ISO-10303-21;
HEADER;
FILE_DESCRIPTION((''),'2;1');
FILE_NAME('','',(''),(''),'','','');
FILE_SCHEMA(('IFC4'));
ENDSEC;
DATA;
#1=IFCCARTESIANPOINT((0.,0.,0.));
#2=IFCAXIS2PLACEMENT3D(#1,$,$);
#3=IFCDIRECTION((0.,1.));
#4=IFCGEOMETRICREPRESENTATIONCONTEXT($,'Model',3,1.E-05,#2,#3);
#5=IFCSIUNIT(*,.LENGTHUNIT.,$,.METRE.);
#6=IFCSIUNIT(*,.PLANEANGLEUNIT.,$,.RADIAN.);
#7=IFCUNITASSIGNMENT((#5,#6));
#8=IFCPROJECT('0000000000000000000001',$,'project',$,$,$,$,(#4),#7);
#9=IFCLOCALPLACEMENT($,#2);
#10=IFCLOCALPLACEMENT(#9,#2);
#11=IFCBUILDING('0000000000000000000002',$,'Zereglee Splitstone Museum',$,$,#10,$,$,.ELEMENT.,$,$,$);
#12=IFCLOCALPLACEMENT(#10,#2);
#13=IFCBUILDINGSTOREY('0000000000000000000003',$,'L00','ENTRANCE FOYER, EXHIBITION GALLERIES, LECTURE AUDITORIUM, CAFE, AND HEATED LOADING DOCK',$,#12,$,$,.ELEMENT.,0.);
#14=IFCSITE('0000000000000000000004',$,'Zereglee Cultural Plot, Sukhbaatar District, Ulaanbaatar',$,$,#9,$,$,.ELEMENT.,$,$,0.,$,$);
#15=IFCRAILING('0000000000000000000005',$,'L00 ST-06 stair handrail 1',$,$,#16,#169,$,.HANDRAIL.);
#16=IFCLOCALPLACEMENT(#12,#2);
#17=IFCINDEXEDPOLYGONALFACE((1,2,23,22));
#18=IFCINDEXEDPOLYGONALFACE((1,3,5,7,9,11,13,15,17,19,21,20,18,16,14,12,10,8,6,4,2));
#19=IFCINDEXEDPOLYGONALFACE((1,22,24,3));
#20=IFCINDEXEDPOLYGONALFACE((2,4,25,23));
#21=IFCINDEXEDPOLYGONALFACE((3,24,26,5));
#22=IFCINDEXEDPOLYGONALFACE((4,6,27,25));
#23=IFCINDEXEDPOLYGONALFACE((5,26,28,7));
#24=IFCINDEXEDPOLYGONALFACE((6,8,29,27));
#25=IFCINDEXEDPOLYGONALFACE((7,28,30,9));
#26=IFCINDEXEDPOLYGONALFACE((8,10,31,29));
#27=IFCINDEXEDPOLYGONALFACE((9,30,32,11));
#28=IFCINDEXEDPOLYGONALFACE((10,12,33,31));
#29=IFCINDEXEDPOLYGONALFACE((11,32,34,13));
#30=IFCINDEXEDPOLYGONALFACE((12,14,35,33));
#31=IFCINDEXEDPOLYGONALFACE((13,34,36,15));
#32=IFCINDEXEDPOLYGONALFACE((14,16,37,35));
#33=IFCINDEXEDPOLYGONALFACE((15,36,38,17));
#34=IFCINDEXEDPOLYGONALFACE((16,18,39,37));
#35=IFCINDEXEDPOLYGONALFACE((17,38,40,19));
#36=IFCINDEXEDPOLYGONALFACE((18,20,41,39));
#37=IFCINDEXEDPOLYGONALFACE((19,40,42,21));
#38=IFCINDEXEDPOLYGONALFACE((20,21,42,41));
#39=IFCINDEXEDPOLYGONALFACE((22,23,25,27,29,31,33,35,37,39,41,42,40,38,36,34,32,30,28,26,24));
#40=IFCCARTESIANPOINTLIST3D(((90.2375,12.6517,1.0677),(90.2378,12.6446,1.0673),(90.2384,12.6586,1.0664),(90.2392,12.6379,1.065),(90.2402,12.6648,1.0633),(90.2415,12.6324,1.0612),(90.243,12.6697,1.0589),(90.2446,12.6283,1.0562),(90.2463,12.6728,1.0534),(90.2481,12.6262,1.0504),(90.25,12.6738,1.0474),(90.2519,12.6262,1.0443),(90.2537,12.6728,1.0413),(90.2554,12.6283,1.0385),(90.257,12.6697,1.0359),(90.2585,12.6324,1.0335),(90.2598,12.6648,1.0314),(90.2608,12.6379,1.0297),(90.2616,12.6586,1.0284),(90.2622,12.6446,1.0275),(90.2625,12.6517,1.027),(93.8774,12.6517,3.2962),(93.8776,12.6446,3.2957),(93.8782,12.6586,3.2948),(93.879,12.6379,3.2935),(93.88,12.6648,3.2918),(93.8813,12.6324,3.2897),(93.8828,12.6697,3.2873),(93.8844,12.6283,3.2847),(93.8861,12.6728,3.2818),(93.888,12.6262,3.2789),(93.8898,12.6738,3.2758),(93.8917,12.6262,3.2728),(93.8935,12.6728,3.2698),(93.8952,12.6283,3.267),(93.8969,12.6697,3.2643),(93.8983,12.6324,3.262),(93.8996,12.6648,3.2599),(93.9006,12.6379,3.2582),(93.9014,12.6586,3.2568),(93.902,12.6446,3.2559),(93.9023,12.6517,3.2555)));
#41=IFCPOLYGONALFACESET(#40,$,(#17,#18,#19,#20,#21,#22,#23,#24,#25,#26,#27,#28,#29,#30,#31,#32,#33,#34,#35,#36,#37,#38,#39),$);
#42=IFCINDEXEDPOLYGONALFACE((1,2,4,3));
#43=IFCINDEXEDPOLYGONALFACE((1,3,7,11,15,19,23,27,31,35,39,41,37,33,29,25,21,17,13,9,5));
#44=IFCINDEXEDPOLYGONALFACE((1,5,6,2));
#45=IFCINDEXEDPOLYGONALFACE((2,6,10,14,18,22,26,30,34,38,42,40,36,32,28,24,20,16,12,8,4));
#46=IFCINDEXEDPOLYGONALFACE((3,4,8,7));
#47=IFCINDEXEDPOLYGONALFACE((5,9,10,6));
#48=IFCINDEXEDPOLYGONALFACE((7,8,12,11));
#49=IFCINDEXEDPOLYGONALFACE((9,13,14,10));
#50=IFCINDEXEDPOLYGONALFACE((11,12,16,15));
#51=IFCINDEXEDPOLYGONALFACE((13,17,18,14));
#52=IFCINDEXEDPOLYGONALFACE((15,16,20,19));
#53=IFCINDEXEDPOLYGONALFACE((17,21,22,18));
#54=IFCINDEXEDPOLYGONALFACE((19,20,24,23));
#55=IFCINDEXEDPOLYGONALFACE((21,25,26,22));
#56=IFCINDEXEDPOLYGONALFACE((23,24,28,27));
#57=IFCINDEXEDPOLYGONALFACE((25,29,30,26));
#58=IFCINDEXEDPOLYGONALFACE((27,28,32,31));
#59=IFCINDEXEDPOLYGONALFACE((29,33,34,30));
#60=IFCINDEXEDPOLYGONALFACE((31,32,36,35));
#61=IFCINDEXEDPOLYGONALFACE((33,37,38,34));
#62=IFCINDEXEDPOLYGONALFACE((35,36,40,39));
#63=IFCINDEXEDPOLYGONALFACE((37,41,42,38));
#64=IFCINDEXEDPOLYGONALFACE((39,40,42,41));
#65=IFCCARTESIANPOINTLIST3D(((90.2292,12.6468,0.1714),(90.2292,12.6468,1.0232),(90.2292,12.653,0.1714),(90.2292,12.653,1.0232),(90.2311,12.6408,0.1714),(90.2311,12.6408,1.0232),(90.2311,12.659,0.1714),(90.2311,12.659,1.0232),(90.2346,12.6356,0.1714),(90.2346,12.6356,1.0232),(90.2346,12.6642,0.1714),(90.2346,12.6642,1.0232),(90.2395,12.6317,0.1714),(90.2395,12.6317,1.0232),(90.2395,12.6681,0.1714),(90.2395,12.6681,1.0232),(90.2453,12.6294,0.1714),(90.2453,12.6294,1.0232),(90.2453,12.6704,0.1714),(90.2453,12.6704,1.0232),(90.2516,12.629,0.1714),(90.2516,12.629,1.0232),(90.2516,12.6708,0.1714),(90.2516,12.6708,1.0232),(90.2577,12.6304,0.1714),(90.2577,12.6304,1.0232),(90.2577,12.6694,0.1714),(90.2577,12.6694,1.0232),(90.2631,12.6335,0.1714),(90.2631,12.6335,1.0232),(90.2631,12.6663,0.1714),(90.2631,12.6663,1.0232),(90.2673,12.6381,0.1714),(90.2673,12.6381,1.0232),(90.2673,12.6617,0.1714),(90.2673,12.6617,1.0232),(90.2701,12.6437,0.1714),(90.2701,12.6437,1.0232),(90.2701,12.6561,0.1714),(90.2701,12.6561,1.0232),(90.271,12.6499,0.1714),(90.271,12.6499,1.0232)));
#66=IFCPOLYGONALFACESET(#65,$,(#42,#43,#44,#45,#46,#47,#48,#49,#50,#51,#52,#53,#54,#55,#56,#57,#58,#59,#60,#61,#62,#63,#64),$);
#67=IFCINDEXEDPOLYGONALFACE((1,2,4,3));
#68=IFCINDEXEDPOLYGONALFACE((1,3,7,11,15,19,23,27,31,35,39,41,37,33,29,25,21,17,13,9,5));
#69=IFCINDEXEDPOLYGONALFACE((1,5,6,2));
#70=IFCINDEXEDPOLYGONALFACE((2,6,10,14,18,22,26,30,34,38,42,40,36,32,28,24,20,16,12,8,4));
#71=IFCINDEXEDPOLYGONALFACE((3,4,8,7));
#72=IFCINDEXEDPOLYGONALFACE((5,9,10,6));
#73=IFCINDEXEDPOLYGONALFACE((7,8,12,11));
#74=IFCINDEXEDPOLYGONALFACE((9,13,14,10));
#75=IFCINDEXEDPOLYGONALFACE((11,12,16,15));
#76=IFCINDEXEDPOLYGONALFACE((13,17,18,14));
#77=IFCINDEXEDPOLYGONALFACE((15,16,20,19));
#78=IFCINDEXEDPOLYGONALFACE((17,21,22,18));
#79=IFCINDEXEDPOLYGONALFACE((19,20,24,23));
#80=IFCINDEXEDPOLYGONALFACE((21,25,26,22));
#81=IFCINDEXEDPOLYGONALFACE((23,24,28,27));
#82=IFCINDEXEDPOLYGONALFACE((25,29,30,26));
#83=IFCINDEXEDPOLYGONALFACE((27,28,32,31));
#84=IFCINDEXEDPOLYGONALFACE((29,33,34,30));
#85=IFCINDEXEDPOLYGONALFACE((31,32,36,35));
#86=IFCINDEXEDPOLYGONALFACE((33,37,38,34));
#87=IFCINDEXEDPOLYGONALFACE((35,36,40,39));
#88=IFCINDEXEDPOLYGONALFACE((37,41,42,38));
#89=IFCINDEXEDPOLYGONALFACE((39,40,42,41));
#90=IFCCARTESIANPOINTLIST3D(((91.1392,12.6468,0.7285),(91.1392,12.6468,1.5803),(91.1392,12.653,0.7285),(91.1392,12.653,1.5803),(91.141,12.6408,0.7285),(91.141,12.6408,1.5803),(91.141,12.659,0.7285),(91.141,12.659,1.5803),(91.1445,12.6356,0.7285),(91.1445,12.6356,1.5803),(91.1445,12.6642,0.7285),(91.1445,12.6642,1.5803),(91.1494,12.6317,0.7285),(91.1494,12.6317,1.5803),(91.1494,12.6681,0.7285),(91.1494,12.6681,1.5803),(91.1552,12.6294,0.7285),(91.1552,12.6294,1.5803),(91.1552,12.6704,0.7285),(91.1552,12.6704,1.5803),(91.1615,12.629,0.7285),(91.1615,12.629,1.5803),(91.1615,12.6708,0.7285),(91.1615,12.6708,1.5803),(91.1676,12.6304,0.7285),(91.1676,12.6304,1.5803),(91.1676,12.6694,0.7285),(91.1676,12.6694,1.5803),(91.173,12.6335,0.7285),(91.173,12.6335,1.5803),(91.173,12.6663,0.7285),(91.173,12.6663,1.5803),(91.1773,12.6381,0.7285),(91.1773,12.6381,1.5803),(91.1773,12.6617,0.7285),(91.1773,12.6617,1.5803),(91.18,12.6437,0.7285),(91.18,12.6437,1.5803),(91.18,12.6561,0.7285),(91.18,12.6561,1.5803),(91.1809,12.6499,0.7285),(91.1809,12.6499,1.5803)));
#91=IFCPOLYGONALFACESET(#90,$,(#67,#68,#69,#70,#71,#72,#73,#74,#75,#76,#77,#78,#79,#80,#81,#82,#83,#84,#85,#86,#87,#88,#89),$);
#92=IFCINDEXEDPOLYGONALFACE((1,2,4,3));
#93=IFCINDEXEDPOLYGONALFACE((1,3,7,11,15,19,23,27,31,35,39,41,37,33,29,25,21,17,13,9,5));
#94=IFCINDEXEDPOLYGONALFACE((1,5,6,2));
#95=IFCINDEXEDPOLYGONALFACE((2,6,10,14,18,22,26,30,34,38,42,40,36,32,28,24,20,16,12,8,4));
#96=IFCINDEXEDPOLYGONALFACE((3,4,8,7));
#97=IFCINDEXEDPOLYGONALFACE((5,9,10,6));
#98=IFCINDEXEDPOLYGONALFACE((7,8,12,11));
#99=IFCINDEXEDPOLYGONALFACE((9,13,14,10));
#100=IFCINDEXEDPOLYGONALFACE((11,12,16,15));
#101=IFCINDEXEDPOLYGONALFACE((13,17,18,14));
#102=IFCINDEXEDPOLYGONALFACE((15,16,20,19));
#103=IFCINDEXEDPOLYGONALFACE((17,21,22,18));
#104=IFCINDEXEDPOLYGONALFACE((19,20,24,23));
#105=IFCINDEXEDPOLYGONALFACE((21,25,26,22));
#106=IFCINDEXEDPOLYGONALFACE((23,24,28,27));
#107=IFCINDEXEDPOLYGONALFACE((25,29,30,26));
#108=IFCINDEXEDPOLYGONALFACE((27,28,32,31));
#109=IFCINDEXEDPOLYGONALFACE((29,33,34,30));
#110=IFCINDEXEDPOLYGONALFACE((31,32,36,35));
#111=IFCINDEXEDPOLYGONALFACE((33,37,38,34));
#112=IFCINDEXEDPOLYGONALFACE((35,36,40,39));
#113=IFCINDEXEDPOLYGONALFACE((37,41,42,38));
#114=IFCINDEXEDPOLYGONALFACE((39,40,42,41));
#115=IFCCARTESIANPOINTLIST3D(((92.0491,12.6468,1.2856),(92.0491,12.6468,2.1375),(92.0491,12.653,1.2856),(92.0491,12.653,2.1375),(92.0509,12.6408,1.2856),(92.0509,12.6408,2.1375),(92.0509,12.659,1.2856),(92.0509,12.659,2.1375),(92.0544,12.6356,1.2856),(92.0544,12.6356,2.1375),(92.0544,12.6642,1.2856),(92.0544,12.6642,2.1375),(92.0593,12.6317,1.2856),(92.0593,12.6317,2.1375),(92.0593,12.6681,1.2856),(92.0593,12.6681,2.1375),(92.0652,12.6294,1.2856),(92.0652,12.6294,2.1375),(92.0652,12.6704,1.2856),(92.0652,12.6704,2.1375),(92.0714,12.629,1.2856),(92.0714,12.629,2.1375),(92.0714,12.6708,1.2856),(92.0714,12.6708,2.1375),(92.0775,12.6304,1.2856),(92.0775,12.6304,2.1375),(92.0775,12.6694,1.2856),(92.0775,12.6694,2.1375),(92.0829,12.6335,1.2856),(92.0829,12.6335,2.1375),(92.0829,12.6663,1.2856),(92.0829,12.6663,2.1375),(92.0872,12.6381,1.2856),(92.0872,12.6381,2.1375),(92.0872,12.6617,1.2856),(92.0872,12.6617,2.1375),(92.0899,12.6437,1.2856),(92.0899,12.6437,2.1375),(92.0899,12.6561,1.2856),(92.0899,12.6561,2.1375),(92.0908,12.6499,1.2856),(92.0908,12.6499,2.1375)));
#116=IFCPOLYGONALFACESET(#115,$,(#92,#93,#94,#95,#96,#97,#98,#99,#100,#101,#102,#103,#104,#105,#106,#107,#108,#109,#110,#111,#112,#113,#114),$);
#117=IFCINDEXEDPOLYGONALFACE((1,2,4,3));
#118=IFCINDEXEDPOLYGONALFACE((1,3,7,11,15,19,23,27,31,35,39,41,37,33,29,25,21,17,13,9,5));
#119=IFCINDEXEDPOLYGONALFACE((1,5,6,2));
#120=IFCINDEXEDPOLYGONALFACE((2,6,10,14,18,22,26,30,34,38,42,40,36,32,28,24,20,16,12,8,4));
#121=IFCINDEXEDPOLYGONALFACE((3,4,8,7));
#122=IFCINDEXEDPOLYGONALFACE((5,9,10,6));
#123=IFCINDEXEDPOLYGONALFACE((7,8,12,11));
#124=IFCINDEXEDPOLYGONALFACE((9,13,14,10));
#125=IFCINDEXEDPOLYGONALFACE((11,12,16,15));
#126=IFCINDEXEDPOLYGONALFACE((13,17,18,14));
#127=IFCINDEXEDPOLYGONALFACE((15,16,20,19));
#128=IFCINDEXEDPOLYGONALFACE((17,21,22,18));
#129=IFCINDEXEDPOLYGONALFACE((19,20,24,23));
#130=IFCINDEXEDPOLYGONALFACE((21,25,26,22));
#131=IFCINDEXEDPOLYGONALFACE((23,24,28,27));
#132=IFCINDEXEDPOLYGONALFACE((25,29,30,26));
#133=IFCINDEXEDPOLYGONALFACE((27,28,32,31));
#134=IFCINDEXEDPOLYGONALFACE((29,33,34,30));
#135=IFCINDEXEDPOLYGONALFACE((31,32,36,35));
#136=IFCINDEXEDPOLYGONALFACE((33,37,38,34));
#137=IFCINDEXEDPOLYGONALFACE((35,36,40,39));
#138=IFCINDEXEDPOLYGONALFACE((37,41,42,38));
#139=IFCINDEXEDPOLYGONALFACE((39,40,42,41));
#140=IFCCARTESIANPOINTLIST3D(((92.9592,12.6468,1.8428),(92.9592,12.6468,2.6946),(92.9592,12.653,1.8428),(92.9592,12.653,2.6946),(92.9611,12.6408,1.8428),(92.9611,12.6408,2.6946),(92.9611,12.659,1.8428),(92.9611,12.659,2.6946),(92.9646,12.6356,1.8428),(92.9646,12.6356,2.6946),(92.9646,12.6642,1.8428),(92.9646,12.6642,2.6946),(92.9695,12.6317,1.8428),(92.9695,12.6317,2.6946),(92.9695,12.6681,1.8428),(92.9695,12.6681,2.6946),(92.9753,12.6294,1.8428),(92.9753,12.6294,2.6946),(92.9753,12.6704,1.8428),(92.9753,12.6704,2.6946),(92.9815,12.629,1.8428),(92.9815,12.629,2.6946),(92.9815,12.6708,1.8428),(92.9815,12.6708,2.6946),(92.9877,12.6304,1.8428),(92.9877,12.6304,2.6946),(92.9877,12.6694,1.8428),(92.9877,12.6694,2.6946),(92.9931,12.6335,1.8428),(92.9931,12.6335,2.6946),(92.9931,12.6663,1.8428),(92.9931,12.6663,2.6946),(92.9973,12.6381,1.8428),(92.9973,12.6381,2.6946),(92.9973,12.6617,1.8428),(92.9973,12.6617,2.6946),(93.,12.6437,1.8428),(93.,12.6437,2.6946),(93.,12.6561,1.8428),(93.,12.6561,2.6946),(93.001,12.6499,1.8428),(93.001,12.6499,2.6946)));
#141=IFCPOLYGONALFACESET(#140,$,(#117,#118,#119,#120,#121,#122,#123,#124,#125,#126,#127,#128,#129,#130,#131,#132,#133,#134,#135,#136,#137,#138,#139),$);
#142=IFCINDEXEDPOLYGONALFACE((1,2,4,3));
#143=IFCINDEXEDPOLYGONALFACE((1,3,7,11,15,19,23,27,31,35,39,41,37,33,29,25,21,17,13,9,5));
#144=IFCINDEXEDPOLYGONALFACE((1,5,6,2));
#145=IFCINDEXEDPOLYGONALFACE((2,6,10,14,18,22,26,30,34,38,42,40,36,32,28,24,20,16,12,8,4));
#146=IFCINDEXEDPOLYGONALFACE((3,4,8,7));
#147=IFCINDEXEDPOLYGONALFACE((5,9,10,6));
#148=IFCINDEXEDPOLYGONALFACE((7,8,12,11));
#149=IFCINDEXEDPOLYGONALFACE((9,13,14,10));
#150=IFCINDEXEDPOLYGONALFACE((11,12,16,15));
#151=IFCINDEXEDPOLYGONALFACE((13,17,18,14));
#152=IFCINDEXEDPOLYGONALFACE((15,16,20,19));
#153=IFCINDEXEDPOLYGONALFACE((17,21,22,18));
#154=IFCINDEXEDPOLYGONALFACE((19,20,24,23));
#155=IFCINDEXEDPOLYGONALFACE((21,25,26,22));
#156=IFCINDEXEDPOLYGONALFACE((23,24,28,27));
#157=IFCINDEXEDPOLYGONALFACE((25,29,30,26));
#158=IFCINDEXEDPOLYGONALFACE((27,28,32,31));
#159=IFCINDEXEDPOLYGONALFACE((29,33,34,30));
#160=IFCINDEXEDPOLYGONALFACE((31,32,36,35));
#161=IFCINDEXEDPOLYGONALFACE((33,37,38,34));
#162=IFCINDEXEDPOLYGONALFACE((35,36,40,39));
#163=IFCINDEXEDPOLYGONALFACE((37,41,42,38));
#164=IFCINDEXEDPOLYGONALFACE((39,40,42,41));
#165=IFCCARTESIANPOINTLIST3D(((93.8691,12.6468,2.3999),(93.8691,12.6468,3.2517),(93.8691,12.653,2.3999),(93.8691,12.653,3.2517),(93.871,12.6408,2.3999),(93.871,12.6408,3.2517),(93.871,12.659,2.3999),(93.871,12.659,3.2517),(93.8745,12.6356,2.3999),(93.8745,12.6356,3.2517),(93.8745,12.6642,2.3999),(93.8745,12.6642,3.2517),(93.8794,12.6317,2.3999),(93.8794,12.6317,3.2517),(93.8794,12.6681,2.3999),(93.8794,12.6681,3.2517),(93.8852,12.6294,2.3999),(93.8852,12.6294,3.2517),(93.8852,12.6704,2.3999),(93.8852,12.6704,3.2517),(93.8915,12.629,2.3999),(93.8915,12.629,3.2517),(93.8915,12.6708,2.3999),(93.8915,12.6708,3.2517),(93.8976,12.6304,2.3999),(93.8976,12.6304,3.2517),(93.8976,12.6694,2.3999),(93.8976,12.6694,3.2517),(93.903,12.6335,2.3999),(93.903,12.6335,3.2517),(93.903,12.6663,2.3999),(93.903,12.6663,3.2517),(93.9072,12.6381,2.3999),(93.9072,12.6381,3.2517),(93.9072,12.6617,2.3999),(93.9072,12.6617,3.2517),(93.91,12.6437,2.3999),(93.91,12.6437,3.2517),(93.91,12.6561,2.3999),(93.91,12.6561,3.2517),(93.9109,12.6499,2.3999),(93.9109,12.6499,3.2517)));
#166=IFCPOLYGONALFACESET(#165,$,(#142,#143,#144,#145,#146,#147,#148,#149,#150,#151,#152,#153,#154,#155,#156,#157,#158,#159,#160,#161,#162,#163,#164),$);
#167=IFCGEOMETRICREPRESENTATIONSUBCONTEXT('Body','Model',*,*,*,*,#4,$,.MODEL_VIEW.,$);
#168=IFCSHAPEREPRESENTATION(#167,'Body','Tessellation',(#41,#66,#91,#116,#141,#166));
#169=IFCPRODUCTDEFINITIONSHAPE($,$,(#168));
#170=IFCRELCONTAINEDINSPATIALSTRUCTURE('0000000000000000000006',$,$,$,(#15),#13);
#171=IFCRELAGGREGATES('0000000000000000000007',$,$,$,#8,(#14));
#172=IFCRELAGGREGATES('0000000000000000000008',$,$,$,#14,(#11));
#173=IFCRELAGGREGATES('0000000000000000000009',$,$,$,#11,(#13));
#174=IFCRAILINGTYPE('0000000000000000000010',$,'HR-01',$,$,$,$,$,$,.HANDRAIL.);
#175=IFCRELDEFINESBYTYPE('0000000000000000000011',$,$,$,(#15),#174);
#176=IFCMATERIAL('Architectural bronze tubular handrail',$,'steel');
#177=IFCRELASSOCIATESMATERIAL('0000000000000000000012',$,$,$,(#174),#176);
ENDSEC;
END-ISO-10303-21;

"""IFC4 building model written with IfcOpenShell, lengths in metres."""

from ifc_helpers import new_model, si_unit, direction, frame, origin, origin_2d, place, context, subcontext, project, spatial, circle, extrude, material, type_object, element, save


model = new_model("IFC4")

# Units and contexts
model_context = context("Model", 3, precision=1e-05, world=origin(), true_north=direction((0.0, 1.0)))
body_context = subcontext(model_context, "Body", "Model", "MODEL_VIEW")
ifc_project = project(units=[si_unit("LENGTHUNIT", "METRE"), si_unit("PLANEANGLEUNIT", "RADIAN")], contexts=[model_context])

# Site, building, storey
site_placement = place(None, origin())
site = spatial("IfcSite", under=ifc_project, at=site_placement, Name="Zereglee Cultural Plot, Sukhbaatar District, Ulaanbaatar", CompositionType="ELEMENT", RefElevation=0.0)
building_placement = place(site_placement, origin())
building = spatial("IfcBuilding", under=site, at=building_placement, Name="Zereglee Splitstone Museum", CompositionType="ELEMENT")
storey_placement = place(building_placement, origin())
storey = spatial("IfcBuildingStorey", under=building, at=storey_placement, Name="L00", Description="ENTRANCE FOYER, EXHIBITION GALLERIES, LECTURE AUDITORIUM, CAFE, AND HEATED LOADING DOCK", CompositionType="ELEMENT", Elevation=0.0)

# Railing
ifc_material_1 = material(Name="Architectural bronze tubular handrail", Category="steel")
railing_type_1 = type_object("IfcRailingType", Name="HR-01", PredefinedType="HANDRAIL", material=ifc_material_1)
railing_1_placement = place(storey_placement, frame((90.25, 12.6499, 0.1714)))
element("IfcRailing", 1, at=railing_1_placement, inside=storey, type_object=railing_type_1, Name="L00 ST-06 stair handrail 1", PredefinedType="HANDRAIL", context=body_context, shape_type="SweptSolid", body=[
    extrude(circle(Radius=0.0239, at=origin_2d()), frame((0.0, 0.0, 0.876), z_axis=(0.85285, 0.0, 0.522156), x_axis=(0.0, 1.0, 0.0)), (0.0, 0.0, 1.0), 4.2678),
    extrude(circle(Radius=0.021, at=origin_2d()), origin(), (0.0, 0.0, 1.0), 0.8518),
    extrude(circle(Radius=0.021, at=origin_2d()), frame((0.9099, 0.0, 0.5571)), (0.0, 0.0, 1.0), 0.8518),
    extrude(circle(Radius=0.021, at=origin_2d()), frame((1.8198, 0.0, 1.1143)), (0.0, 0.0, 1.0), 0.8518),
    extrude(circle(Radius=0.021, at=origin_2d()), frame((2.73, 0.0, 1.6714)), (0.0, 0.0, 1.0), 0.8518),
    extrude(circle(Radius=0.021, at=origin_2d()), frame((3.6399, 0.0, 2.2285)), (0.0, 0.0, 1.0), 0.8518),
])

save(model, "model.ifc")
